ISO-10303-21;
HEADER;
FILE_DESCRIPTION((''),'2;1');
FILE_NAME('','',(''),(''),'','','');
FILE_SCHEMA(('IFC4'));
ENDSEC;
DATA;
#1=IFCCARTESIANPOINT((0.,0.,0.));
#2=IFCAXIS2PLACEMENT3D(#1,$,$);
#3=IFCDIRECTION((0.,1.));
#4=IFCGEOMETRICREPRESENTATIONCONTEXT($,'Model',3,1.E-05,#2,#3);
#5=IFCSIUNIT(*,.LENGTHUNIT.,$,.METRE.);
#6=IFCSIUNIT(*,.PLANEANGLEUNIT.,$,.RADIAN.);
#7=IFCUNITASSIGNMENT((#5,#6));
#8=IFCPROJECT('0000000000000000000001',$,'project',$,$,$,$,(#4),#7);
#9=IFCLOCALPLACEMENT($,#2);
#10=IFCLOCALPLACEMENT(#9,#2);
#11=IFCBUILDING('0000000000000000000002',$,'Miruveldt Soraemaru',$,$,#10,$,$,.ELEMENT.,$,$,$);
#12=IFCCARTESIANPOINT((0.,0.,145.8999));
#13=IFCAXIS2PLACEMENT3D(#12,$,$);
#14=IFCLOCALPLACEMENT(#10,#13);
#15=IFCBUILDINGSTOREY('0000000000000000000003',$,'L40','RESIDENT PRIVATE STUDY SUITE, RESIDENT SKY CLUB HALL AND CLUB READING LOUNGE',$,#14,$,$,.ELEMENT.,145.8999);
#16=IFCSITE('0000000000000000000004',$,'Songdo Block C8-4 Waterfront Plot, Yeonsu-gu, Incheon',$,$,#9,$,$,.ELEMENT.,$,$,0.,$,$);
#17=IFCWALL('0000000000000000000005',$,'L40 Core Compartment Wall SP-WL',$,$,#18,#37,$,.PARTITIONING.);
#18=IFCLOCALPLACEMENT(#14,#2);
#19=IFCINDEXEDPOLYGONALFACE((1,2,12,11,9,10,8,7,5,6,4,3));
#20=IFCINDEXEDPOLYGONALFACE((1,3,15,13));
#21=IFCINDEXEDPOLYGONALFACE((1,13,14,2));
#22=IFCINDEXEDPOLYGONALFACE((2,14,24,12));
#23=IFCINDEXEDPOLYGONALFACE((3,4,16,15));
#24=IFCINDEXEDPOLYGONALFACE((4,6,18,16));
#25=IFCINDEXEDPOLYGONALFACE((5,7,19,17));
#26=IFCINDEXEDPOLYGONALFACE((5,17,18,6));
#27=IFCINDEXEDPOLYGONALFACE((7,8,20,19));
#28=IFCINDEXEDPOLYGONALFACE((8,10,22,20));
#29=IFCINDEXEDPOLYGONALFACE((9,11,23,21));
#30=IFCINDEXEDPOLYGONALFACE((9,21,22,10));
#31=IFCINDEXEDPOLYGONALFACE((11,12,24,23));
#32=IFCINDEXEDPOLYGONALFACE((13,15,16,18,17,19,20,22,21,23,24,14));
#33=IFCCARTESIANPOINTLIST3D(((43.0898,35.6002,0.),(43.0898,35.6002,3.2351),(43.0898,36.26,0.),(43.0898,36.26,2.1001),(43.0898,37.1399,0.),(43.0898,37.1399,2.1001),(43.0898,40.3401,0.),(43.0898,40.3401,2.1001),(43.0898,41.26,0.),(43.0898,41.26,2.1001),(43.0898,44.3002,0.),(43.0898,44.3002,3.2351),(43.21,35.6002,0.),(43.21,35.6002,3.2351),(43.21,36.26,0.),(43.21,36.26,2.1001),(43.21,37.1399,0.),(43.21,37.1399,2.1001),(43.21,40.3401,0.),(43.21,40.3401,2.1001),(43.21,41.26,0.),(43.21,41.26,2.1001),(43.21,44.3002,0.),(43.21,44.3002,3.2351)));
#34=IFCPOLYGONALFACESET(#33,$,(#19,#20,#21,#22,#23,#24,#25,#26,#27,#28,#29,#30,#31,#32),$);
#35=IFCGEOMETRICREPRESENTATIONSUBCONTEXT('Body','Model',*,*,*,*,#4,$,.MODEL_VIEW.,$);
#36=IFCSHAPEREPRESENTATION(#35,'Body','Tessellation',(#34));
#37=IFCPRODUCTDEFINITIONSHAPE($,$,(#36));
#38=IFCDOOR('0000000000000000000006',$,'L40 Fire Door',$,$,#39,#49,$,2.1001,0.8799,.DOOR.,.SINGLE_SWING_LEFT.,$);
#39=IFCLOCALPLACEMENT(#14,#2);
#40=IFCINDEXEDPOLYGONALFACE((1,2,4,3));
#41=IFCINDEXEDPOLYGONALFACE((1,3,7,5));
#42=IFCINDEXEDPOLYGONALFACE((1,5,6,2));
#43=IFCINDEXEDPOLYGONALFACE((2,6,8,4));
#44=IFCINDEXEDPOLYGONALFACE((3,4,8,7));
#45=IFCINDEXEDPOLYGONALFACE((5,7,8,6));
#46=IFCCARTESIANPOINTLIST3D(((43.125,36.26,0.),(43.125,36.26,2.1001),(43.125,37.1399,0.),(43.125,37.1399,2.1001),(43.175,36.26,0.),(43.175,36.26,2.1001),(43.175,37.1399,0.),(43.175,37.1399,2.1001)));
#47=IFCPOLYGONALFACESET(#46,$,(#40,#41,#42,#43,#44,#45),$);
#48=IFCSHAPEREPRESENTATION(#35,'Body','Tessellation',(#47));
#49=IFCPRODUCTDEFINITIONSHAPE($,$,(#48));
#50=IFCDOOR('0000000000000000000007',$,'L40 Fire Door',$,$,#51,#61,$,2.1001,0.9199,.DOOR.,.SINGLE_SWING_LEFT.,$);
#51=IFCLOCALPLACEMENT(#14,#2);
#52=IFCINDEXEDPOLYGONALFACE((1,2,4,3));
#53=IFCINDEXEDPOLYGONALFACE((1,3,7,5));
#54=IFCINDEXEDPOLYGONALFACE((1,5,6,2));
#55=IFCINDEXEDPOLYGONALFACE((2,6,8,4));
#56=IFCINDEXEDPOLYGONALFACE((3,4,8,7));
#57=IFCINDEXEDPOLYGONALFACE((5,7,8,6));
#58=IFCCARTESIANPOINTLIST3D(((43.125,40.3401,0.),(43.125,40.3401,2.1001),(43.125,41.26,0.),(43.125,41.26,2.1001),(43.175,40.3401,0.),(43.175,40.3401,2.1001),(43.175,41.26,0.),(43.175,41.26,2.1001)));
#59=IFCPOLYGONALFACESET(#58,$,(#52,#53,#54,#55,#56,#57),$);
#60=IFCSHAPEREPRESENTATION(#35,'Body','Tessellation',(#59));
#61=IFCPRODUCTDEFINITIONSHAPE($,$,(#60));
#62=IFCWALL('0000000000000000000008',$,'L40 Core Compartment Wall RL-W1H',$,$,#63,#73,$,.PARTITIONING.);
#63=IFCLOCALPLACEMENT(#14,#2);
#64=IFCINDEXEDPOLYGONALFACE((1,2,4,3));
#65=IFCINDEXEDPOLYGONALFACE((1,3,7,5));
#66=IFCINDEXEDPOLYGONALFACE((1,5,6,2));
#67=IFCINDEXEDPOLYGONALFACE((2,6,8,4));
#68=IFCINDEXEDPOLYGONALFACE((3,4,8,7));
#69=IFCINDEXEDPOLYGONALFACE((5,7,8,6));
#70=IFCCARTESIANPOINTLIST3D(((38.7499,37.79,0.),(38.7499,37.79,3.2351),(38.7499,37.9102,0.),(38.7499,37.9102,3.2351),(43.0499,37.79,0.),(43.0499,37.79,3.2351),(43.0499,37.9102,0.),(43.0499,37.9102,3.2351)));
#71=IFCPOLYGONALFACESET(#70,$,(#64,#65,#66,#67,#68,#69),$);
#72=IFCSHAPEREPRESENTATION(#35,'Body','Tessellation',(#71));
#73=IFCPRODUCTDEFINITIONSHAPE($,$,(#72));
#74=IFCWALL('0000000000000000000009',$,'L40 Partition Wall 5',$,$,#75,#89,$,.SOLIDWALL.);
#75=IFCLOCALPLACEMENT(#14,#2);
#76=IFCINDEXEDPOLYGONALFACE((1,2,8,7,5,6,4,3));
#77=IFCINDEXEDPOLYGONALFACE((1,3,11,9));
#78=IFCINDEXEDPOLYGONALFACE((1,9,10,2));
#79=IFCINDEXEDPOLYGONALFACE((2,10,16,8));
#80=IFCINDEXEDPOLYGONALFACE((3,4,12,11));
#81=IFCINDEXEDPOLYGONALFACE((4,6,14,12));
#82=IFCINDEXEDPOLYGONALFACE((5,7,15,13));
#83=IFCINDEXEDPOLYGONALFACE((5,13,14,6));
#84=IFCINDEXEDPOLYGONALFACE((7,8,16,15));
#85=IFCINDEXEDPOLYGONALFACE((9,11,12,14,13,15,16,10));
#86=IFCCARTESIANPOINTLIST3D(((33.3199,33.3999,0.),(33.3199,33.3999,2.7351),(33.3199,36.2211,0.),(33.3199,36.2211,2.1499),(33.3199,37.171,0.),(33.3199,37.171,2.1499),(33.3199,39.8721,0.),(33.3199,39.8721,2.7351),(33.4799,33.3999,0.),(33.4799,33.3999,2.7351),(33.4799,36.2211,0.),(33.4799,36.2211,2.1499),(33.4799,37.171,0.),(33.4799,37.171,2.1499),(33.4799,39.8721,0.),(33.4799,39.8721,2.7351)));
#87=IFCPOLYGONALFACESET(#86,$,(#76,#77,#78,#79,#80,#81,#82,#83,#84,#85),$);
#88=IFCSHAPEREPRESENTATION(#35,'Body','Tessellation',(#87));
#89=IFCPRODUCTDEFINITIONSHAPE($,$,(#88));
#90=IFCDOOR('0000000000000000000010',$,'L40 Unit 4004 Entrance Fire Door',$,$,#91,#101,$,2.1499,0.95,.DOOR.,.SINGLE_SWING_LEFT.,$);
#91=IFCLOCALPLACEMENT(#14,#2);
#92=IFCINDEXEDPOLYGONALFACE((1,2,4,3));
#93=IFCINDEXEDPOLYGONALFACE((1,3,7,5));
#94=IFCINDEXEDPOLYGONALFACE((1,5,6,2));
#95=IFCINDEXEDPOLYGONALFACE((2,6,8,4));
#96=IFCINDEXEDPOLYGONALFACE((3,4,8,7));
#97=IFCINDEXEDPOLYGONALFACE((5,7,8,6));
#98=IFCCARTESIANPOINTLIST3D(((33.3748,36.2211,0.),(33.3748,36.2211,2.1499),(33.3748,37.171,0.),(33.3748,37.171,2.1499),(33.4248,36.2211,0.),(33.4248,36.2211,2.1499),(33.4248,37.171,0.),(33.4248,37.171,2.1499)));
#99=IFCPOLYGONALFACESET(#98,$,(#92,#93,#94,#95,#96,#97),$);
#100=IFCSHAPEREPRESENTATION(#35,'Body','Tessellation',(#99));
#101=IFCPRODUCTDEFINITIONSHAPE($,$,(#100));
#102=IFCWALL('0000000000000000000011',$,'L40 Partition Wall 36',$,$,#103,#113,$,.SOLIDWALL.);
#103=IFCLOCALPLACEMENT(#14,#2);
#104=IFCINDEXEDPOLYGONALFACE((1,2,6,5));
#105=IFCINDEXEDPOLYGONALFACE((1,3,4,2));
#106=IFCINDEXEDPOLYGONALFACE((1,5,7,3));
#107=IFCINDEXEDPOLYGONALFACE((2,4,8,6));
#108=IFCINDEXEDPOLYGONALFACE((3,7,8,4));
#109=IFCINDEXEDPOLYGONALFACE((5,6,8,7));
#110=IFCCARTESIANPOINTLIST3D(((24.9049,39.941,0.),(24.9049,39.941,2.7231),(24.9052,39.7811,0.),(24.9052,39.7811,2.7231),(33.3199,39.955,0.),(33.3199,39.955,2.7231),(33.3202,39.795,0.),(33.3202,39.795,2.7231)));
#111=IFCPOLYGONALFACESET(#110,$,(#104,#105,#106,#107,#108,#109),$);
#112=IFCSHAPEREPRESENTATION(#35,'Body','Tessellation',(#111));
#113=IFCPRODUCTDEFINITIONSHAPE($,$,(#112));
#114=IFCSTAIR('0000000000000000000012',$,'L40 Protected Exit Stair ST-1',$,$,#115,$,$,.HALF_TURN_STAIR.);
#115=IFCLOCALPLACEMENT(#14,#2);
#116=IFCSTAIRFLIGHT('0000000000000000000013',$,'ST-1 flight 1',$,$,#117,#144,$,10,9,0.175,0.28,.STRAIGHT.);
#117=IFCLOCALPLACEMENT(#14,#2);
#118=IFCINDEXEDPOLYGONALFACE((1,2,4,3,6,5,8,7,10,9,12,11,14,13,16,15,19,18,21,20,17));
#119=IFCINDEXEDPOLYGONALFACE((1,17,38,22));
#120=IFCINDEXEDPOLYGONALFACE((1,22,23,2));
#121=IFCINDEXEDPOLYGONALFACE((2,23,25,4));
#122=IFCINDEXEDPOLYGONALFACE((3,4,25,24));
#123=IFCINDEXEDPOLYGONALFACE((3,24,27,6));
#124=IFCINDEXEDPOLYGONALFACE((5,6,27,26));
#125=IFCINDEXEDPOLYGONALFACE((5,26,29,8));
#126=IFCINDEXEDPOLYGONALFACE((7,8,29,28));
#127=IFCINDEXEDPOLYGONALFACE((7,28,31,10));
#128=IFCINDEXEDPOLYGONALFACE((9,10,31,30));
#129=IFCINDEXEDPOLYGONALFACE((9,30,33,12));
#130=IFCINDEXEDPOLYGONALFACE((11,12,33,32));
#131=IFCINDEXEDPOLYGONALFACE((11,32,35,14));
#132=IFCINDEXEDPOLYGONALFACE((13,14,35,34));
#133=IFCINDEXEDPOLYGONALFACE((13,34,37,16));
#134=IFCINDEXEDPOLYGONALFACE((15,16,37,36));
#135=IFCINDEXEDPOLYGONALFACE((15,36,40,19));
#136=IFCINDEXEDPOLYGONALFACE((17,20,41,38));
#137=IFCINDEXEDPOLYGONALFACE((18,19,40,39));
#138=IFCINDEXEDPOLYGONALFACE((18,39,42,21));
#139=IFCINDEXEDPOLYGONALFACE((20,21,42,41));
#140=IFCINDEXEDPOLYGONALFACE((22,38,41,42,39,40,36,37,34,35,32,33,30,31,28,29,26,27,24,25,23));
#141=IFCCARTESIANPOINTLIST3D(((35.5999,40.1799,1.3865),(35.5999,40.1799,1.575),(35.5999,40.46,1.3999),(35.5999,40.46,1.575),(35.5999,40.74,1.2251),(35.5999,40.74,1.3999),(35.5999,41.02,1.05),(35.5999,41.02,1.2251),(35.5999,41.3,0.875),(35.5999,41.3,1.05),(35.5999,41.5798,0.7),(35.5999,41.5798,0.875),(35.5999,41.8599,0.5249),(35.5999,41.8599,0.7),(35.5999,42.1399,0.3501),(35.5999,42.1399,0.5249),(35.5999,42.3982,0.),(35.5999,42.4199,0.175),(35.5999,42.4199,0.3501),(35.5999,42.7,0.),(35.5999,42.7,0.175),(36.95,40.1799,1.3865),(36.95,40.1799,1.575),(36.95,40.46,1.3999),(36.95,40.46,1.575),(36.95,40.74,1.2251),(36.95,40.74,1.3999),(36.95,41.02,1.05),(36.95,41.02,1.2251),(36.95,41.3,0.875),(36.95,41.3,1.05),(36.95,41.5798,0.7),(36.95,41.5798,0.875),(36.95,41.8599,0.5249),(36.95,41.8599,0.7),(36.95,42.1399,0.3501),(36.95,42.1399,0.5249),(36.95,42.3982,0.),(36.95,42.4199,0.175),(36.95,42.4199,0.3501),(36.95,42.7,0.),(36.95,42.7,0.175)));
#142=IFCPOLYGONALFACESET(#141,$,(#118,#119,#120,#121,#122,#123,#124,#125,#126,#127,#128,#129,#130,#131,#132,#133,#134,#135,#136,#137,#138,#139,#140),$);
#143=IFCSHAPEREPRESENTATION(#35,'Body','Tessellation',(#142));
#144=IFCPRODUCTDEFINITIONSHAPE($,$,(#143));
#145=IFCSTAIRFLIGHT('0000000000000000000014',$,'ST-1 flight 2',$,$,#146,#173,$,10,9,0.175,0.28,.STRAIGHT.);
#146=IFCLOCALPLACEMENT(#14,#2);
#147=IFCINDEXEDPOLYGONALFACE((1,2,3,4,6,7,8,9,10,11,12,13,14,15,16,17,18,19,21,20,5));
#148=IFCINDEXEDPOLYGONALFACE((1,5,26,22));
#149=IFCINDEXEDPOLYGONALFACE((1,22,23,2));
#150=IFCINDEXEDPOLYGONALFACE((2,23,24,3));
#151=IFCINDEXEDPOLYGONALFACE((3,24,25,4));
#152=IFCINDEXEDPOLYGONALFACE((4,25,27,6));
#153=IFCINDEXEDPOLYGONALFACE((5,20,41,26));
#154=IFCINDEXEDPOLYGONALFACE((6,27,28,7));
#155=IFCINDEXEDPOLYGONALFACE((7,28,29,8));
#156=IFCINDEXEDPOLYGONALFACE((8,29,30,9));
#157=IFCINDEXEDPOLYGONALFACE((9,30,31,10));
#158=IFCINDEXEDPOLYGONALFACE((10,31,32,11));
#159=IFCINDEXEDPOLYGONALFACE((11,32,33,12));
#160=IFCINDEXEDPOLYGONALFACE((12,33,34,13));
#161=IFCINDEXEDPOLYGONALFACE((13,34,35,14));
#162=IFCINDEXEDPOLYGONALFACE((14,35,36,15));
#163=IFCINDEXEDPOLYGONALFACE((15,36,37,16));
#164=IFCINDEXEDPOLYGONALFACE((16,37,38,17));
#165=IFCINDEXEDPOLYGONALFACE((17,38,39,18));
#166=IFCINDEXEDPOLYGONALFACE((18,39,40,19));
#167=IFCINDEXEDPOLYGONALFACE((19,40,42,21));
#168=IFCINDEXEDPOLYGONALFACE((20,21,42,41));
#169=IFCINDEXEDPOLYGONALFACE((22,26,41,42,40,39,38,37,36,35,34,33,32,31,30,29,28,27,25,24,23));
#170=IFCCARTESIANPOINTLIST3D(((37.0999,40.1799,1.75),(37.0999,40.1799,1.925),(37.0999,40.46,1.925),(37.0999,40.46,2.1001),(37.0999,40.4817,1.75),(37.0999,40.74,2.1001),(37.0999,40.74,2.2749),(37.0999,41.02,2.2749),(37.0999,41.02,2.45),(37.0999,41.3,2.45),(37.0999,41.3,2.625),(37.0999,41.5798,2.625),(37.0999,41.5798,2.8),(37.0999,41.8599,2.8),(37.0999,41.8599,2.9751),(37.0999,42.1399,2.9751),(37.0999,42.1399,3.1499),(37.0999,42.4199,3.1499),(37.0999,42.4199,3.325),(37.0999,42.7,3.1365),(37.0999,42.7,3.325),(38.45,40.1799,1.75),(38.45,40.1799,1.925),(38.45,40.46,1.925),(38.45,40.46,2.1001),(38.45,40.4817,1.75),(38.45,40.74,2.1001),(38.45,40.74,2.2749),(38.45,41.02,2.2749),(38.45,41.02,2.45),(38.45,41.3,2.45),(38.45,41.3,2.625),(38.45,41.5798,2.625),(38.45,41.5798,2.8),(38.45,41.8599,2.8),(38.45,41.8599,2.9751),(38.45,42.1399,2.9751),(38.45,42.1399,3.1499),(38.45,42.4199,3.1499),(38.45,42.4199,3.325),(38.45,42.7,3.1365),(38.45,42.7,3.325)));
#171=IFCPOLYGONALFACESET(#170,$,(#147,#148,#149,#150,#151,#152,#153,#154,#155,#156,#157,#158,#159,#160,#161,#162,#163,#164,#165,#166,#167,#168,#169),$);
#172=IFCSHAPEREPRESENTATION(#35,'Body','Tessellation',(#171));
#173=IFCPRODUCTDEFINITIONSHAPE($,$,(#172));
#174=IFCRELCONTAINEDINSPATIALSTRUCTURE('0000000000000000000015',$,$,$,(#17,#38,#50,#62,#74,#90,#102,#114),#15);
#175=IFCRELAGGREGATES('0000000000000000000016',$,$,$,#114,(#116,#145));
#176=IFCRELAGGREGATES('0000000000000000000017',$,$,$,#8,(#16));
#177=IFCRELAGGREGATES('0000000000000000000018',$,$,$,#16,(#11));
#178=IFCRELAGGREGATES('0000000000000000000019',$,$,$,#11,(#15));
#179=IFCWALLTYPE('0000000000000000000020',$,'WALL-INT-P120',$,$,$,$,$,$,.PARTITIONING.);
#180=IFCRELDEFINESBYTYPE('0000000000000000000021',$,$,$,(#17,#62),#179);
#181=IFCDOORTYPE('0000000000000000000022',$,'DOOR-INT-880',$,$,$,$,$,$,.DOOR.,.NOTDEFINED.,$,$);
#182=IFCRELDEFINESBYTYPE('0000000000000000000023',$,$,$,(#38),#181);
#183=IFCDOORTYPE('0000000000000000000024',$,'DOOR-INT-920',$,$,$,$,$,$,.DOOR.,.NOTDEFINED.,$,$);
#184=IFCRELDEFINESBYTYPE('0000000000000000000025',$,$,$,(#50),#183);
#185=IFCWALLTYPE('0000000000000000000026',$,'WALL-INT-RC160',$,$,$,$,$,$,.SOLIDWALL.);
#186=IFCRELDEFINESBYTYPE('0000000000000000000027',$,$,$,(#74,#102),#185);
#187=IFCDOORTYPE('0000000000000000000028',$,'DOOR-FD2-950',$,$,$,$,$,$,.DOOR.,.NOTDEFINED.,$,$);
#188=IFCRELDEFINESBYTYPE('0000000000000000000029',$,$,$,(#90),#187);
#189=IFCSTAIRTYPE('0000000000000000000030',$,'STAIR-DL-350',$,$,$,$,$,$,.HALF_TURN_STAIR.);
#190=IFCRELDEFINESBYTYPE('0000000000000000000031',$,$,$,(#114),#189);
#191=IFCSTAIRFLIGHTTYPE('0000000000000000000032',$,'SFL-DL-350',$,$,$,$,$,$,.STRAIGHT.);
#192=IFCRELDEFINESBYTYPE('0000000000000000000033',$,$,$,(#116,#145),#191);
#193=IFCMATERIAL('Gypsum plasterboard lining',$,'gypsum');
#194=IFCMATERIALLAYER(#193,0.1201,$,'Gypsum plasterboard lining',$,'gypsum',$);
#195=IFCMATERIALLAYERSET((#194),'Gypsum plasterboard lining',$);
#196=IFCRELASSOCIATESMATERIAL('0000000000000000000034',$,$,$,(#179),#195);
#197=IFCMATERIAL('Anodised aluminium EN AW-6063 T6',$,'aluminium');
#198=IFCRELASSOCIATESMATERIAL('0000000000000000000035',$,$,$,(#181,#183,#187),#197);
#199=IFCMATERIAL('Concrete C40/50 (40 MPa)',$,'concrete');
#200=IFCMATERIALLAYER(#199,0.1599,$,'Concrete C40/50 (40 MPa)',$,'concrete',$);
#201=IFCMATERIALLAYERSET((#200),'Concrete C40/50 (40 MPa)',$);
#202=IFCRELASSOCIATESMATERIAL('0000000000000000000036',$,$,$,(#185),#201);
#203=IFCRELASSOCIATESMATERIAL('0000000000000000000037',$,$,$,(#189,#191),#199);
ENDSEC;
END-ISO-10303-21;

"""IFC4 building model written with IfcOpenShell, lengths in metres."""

from ifc_helpers import new_model, si_unit, direction, frame, frame_2d, origin, place, context, subcontext, project, spatial, polyline, rectangle, outline, extrude, material, layer, layer_set, type_object, element, fill, aggregate, save


model = new_model("IFC4")

# Units and contexts
model_context = context("Model", 3, precision=1e-05, world=origin(), true_north=direction((0.0, 1.0)))
body_context = subcontext(model_context, "Body", "Model", "MODEL_VIEW")
ifc_project = project(units=[si_unit("LENGTHUNIT", "METRE"), si_unit("PLANEANGLEUNIT", "RADIAN")], contexts=[model_context])

# Site, building, storey
site_placement = place(None, origin())
site = spatial("IfcSite", under=ifc_project, at=site_placement, Name="Songdo Block C8-4 Waterfront Plot, Yeonsu-gu, Incheon", CompositionType="ELEMENT", RefElevation=0.0)
building_placement = place(site_placement, origin())
building = spatial("IfcBuilding", under=site, at=building_placement, Name="Miruveldt Soraemaru", CompositionType="ELEMENT")
storey_placement = place(building_placement, frame((0.0, 0.0, 145.8999)))
storey = spatial("IfcBuildingStorey", under=building, at=storey_placement, Name="L40", Description="RESIDENT PRIVATE STUDY SUITE, RESIDENT SKY CLUB HALL AND CLUB READING LOUNGE", CompositionType="ELEMENT", Elevation=145.8999)

# Wall, openings, doors
ifc_material_1 = material(Name="Gypsum plasterboard lining", Category="gypsum")
ifc_layer_1 = layer(ifc_material_1, 0.1201, Name="Gypsum plasterboard lining", Category="gypsum")
ifc_layer_set_1 = layer_set([ifc_layer_1], Name="Gypsum plasterboard lining")
wall_type_1 = type_object("IfcWallType", Name="WALL-INT-P120", PredefinedType="PARTITIONING", material=ifc_layer_set_1)
wall_1_placement = place(storey_placement, frame((43.1499, 35.6001, 0.0), z_axis=(0.0, 0.0, 1.0), x_axis=(0.0, 1.0, 0.0)))
wall_1 = element("IfcWall", 1, at=wall_1_placement, inside=storey, type_object=wall_type_1, Name="L40 Core Compartment Wall SP-WL", PredefinedType="PARTITIONING", context=body_context, shape_type="SweptSolid", body=[
    extrude(rectangle(XDim=8.7, YDim=0.1201, at=frame_2d((4.3501, 0.0))), origin(), (0.0, 0.0, 1.0), 3.2351),
])
opening_1_placement = place(wall_1_placement, frame((0.6599, 0.0, 0.0)))
opening_1 = element("IfcOpeningElement", 2, at=opening_1_placement, cuts=wall_1, PredefinedType="OPENING", context=body_context, shape_type="SweptSolid", body=[
    extrude(rectangle(XDim=0.8799, YDim=2.1001, at=frame_2d((0.4399, 1.05))), frame((0.0, 0.0701, 0.0), z_axis=(0.0, -1.0, 0.0), x_axis=(1.0, 0.0, 0.0)), (0.0, 0.0, 1.0), 0.1401),
])
opening_2_placement = place(wall_1_placement, frame((4.74, 0.0, 0.0)))
opening_2 = element("IfcOpeningElement", 3, at=opening_2_placement, cuts=wall_1, PredefinedType="OPENING", context=body_context, shape_type="SweptSolid", body=[
    extrude(rectangle(XDim=0.9199, YDim=2.1001, at=frame_2d((0.46, 1.05))), frame((0.0, 0.0701, 0.0), z_axis=(0.0, -1.0, 0.0), x_axis=(1.0, 0.0, 0.0)), (0.0, 0.0, 1.0), 0.1401),
])
ifc_material_2 = material(Name="Anodised aluminium EN AW-6063 T6", Category="aluminium")
door_type_1 = type_object("IfcDoorType", Name="DOOR-INT-880", OperationType="NOTDEFINED", PredefinedType="DOOR", material=ifc_material_2)
door_1_placement = place(opening_1_placement, origin())
door_1 = element("IfcDoor", 4, at=door_1_placement, inside=storey, type_object=door_type_1, Name="L40 Fire Door", OperationType="SINGLE_SWING_LEFT", OverallHeight=2.1001, OverallWidth=0.8799, PredefinedType="DOOR", context=body_context, shape_type="SweptSolid", body=[
    extrude(rectangle(XDim=0.8799, YDim=2.1001, at=frame_2d((0.4399, 1.05))), frame((0.0, 0.0249, 0.0), z_axis=(0.0, -1.0, 0.0), x_axis=(1.0, 0.0, 0.0)), (0.0, 0.0, 1.0), 0.05),
])
fill(opening_1, door_1)
door_type_2 = type_object("IfcDoorType", Name="DOOR-INT-920", OperationType="NOTDEFINED", PredefinedType="DOOR", material=ifc_material_2)
door_2_placement = place(opening_2_placement, origin())
door_2 = element("IfcDoor", 5, at=door_2_placement, inside=storey, type_object=door_type_2, Name="L40 Fire Door", OperationType="SINGLE_SWING_LEFT", OverallHeight=2.1001, OverallWidth=0.9199, PredefinedType="DOOR", context=body_context, shape_type="SweptSolid", body=[
    extrude(rectangle(XDim=0.9199, YDim=2.1001, at=frame_2d((0.46, 1.05))), frame((0.0, 0.0249, 0.0), z_axis=(0.0, -1.0, 0.0), x_axis=(1.0, 0.0, 0.0)), (0.0, 0.0, 1.0), 0.05),
])
fill(opening_2, door_2)

# Wall
wall_2_placement = place(storey_placement, frame((38.75, 37.8501, 0.0), z_axis=(0.0, 0.0, 1.0), x_axis=(1.0, 0.0, 0.0)))
element("IfcWall", 6, at=wall_2_placement, inside=storey, type_object=wall_type_1, Name="L40 Core Compartment Wall RL-W1H", PredefinedType="PARTITIONING", context=body_context, shape_type="SweptSolid", body=[
    extrude(rectangle(XDim=4.3, YDim=0.1201, at=frame_2d((2.1499, 0.0))), origin(), (0.0, 0.0, 1.0), 3.2351),
])

# Wall, opening, door
ifc_material_3 = material(Name="Concrete C40/50 (40 MPa)", Category="concrete")
ifc_layer_2 = layer(ifc_material_3, 0.1599, Name="Concrete C40/50 (40 MPa)", Category="concrete")
ifc_layer_set_2 = layer_set([ifc_layer_2], Name="Concrete C40/50 (40 MPa)")
wall_type_2 = type_object("IfcWallType", Name="WALL-INT-RC160", PredefinedType="SOLIDWALL", material=ifc_layer_set_2)
wall_3_placement = place(storey_placement, frame((33.3999, 39.8721, 0.0), z_axis=(0.0, 0.0, 1.0), x_axis=(0.0, -1.0, 0.0)))
wall_3 = element("IfcWall", 7, at=wall_3_placement, inside=storey, type_object=wall_type_2, Name="L40 Partition Wall 5", PredefinedType="SOLIDWALL", context=body_context, shape_type="SweptSolid", body=[
    extrude(rectangle(XDim=6.4722, YDim=0.1599, at=frame_2d((3.2361, 0.0))), origin(), (0.0, 0.0, 1.0), 2.7351),
])
opening_3_placement = place(wall_3_placement, frame((2.7009, 0.0, 0.0)))
opening_3 = element("IfcOpeningElement", 8, at=opening_3_placement, cuts=wall_3, PredefinedType="OPENING", context=body_context, shape_type="SweptSolid", body=[
    extrude(rectangle(XDim=0.95, YDim=2.1499, at=frame_2d((0.4751, 1.075))), frame((0.0, 0.0898, 0.0), z_axis=(0.0, -1.0, 0.0), x_axis=(1.0, 0.0, 0.0)), (0.0, 0.0, 1.0), 0.1799),
])
door_type_3 = type_object("IfcDoorType", Name="DOOR-FD2-950", OperationType="NOTDEFINED", PredefinedType="DOOR", material=ifc_material_2)
door_3_placement = place(opening_3_placement, origin())
door_3 = element("IfcDoor", 9, at=door_3_placement, inside=storey, type_object=door_type_3, Name="L40 Unit 4004 Entrance Fire Door", OperationType="SINGLE_SWING_LEFT", OverallHeight=2.1499, OverallWidth=0.95, PredefinedType="DOOR", context=body_context, shape_type="SweptSolid", body=[
    extrude(rectangle(XDim=0.95, YDim=2.1499, at=frame_2d((0.4751, 1.075))), frame((0.0, 0.0249, 0.0), z_axis=(0.0, -1.0, 0.0), x_axis=(1.0, 0.0, 0.0)), (0.0, 0.0, 1.0), 0.05),
])
fill(opening_3, door_3)

# Wall
wall_4_placement = place(storey_placement, frame((33.3201, 39.875, 0.0), z_axis=(0.0, 0.0, 1.0), x_axis=(-0.999999, -0.001654, 0.0)))
element("IfcWall", 10, at=wall_4_placement, inside=storey, type_object=wall_type_2, Name="L40 Partition Wall 36", PredefinedType="SOLIDWALL", context=body_context, shape_type="SweptSolid", body=[
    extrude(rectangle(XDim=8.415, YDim=0.1599, at=frame_2d((4.2075, 0.0))), origin(), (0.0, 0.0, 1.0), 2.7231),
])

# Stair, stair flights
stair_type = type_object("IfcStairType", Name="STAIR-DL-350", PredefinedType="HALF_TURN_STAIR", material=ifc_material_3)
stair_placement = place(storey_placement, origin())
stair = element("IfcStair", 11, at=stair_placement, inside=storey, type_object=stair_type, Name="L40 Protected Exit Stair ST-1", PredefinedType="HALF_TURN_STAIR")
stair_flight_type = type_object("IfcStairFlightType", Name="SFL-DL-350", PredefinedType="STRAIGHT", material=ifc_material_3)
stair_flight_1_placement = place(storey_placement, frame((36.2749, 42.7, 0.0), z_axis=(0.0, 0.0, 1.0), x_axis=(0.0, -1.0, 0.0)))
stair_flight_1 = element("IfcStairFlight", 12, at=stair_flight_1_placement, type_object=stair_flight_type, Name="ST-1 flight 1", NumberOfRisers=10, NumberOfTreads=9, PredefinedType="STRAIGHT", RiserHeight=0.175, TreadLength=0.28, context=body_context, shape_type="SweptSolid", body=[
    extrude(outline(polyline([(0.0, 0.0), (0.0, 0.175), (0.28, 0.175), (0.28, 0.3501), (0.5601, 0.3501), (0.5601, 0.5249), (0.8401, 0.5249), (0.8401, 0.7), (1.1201, 0.7), (1.1201, 0.875), (1.3999, 0.875), (1.3999, 1.05), (1.6799, 1.05), (1.6799, 1.2251), (1.96, 1.2251), (1.96, 1.3999), (2.24, 1.3999), (2.24, 1.575), (2.52, 1.575), (2.52, 1.75), (2.52, 1.3865), (0.3018, 0.0), (0.0, 0.0)])), frame((0.0, 0.675, 0.0), z_axis=(0.0, -1.0, 0.0), x_axis=(1.0, 0.0, 0.0)), (0.0, 0.0, 1.0), 1.3501),
])
stair_flight_2_placement = place(storey_placement, frame((37.7749, 40.1799, 1.75), z_axis=(0.0, 0.0, 1.0), x_axis=(0.0, 1.0, 0.0)))
stair_flight_2 = element("IfcStairFlight", 13, at=stair_flight_2_placement, type_object=stair_flight_type, Name="ST-1 flight 2", NumberOfRisers=10, NumberOfTreads=9, PredefinedType="STRAIGHT", RiserHeight=0.175, TreadLength=0.28, context=body_context, shape_type="SweptSolid", body=[
    extrude(outline(polyline([(0.0, 0.0), (0.0, 0.175), (0.28, 0.175), (0.28, 0.3501), (0.5601, 0.3501), (0.5601, 0.5249), (0.8401, 0.5249), (0.8401, 0.7), (1.1201, 0.7), (1.1201, 0.875), (1.3999, 0.875), (1.3999, 1.05), (1.6799, 1.05), (1.6799, 1.2251), (1.96, 1.2251), (1.96, 1.3999), (2.24, 1.3999), (2.24, 1.575), (2.52, 1.575), (2.52, 1.75), (2.52, 1.3865), (0.3018, 0.0), (0.0, 0.0)])), frame((0.0, 0.675, 0.0), z_axis=(0.0, -1.0, 0.0), x_axis=(1.0, 0.0, 0.0)), (0.0, 0.0, 1.0), 1.3501),
])
aggregate(stair, [stair_flight_1, stair_flight_2])

save(model, "model.ifc")
